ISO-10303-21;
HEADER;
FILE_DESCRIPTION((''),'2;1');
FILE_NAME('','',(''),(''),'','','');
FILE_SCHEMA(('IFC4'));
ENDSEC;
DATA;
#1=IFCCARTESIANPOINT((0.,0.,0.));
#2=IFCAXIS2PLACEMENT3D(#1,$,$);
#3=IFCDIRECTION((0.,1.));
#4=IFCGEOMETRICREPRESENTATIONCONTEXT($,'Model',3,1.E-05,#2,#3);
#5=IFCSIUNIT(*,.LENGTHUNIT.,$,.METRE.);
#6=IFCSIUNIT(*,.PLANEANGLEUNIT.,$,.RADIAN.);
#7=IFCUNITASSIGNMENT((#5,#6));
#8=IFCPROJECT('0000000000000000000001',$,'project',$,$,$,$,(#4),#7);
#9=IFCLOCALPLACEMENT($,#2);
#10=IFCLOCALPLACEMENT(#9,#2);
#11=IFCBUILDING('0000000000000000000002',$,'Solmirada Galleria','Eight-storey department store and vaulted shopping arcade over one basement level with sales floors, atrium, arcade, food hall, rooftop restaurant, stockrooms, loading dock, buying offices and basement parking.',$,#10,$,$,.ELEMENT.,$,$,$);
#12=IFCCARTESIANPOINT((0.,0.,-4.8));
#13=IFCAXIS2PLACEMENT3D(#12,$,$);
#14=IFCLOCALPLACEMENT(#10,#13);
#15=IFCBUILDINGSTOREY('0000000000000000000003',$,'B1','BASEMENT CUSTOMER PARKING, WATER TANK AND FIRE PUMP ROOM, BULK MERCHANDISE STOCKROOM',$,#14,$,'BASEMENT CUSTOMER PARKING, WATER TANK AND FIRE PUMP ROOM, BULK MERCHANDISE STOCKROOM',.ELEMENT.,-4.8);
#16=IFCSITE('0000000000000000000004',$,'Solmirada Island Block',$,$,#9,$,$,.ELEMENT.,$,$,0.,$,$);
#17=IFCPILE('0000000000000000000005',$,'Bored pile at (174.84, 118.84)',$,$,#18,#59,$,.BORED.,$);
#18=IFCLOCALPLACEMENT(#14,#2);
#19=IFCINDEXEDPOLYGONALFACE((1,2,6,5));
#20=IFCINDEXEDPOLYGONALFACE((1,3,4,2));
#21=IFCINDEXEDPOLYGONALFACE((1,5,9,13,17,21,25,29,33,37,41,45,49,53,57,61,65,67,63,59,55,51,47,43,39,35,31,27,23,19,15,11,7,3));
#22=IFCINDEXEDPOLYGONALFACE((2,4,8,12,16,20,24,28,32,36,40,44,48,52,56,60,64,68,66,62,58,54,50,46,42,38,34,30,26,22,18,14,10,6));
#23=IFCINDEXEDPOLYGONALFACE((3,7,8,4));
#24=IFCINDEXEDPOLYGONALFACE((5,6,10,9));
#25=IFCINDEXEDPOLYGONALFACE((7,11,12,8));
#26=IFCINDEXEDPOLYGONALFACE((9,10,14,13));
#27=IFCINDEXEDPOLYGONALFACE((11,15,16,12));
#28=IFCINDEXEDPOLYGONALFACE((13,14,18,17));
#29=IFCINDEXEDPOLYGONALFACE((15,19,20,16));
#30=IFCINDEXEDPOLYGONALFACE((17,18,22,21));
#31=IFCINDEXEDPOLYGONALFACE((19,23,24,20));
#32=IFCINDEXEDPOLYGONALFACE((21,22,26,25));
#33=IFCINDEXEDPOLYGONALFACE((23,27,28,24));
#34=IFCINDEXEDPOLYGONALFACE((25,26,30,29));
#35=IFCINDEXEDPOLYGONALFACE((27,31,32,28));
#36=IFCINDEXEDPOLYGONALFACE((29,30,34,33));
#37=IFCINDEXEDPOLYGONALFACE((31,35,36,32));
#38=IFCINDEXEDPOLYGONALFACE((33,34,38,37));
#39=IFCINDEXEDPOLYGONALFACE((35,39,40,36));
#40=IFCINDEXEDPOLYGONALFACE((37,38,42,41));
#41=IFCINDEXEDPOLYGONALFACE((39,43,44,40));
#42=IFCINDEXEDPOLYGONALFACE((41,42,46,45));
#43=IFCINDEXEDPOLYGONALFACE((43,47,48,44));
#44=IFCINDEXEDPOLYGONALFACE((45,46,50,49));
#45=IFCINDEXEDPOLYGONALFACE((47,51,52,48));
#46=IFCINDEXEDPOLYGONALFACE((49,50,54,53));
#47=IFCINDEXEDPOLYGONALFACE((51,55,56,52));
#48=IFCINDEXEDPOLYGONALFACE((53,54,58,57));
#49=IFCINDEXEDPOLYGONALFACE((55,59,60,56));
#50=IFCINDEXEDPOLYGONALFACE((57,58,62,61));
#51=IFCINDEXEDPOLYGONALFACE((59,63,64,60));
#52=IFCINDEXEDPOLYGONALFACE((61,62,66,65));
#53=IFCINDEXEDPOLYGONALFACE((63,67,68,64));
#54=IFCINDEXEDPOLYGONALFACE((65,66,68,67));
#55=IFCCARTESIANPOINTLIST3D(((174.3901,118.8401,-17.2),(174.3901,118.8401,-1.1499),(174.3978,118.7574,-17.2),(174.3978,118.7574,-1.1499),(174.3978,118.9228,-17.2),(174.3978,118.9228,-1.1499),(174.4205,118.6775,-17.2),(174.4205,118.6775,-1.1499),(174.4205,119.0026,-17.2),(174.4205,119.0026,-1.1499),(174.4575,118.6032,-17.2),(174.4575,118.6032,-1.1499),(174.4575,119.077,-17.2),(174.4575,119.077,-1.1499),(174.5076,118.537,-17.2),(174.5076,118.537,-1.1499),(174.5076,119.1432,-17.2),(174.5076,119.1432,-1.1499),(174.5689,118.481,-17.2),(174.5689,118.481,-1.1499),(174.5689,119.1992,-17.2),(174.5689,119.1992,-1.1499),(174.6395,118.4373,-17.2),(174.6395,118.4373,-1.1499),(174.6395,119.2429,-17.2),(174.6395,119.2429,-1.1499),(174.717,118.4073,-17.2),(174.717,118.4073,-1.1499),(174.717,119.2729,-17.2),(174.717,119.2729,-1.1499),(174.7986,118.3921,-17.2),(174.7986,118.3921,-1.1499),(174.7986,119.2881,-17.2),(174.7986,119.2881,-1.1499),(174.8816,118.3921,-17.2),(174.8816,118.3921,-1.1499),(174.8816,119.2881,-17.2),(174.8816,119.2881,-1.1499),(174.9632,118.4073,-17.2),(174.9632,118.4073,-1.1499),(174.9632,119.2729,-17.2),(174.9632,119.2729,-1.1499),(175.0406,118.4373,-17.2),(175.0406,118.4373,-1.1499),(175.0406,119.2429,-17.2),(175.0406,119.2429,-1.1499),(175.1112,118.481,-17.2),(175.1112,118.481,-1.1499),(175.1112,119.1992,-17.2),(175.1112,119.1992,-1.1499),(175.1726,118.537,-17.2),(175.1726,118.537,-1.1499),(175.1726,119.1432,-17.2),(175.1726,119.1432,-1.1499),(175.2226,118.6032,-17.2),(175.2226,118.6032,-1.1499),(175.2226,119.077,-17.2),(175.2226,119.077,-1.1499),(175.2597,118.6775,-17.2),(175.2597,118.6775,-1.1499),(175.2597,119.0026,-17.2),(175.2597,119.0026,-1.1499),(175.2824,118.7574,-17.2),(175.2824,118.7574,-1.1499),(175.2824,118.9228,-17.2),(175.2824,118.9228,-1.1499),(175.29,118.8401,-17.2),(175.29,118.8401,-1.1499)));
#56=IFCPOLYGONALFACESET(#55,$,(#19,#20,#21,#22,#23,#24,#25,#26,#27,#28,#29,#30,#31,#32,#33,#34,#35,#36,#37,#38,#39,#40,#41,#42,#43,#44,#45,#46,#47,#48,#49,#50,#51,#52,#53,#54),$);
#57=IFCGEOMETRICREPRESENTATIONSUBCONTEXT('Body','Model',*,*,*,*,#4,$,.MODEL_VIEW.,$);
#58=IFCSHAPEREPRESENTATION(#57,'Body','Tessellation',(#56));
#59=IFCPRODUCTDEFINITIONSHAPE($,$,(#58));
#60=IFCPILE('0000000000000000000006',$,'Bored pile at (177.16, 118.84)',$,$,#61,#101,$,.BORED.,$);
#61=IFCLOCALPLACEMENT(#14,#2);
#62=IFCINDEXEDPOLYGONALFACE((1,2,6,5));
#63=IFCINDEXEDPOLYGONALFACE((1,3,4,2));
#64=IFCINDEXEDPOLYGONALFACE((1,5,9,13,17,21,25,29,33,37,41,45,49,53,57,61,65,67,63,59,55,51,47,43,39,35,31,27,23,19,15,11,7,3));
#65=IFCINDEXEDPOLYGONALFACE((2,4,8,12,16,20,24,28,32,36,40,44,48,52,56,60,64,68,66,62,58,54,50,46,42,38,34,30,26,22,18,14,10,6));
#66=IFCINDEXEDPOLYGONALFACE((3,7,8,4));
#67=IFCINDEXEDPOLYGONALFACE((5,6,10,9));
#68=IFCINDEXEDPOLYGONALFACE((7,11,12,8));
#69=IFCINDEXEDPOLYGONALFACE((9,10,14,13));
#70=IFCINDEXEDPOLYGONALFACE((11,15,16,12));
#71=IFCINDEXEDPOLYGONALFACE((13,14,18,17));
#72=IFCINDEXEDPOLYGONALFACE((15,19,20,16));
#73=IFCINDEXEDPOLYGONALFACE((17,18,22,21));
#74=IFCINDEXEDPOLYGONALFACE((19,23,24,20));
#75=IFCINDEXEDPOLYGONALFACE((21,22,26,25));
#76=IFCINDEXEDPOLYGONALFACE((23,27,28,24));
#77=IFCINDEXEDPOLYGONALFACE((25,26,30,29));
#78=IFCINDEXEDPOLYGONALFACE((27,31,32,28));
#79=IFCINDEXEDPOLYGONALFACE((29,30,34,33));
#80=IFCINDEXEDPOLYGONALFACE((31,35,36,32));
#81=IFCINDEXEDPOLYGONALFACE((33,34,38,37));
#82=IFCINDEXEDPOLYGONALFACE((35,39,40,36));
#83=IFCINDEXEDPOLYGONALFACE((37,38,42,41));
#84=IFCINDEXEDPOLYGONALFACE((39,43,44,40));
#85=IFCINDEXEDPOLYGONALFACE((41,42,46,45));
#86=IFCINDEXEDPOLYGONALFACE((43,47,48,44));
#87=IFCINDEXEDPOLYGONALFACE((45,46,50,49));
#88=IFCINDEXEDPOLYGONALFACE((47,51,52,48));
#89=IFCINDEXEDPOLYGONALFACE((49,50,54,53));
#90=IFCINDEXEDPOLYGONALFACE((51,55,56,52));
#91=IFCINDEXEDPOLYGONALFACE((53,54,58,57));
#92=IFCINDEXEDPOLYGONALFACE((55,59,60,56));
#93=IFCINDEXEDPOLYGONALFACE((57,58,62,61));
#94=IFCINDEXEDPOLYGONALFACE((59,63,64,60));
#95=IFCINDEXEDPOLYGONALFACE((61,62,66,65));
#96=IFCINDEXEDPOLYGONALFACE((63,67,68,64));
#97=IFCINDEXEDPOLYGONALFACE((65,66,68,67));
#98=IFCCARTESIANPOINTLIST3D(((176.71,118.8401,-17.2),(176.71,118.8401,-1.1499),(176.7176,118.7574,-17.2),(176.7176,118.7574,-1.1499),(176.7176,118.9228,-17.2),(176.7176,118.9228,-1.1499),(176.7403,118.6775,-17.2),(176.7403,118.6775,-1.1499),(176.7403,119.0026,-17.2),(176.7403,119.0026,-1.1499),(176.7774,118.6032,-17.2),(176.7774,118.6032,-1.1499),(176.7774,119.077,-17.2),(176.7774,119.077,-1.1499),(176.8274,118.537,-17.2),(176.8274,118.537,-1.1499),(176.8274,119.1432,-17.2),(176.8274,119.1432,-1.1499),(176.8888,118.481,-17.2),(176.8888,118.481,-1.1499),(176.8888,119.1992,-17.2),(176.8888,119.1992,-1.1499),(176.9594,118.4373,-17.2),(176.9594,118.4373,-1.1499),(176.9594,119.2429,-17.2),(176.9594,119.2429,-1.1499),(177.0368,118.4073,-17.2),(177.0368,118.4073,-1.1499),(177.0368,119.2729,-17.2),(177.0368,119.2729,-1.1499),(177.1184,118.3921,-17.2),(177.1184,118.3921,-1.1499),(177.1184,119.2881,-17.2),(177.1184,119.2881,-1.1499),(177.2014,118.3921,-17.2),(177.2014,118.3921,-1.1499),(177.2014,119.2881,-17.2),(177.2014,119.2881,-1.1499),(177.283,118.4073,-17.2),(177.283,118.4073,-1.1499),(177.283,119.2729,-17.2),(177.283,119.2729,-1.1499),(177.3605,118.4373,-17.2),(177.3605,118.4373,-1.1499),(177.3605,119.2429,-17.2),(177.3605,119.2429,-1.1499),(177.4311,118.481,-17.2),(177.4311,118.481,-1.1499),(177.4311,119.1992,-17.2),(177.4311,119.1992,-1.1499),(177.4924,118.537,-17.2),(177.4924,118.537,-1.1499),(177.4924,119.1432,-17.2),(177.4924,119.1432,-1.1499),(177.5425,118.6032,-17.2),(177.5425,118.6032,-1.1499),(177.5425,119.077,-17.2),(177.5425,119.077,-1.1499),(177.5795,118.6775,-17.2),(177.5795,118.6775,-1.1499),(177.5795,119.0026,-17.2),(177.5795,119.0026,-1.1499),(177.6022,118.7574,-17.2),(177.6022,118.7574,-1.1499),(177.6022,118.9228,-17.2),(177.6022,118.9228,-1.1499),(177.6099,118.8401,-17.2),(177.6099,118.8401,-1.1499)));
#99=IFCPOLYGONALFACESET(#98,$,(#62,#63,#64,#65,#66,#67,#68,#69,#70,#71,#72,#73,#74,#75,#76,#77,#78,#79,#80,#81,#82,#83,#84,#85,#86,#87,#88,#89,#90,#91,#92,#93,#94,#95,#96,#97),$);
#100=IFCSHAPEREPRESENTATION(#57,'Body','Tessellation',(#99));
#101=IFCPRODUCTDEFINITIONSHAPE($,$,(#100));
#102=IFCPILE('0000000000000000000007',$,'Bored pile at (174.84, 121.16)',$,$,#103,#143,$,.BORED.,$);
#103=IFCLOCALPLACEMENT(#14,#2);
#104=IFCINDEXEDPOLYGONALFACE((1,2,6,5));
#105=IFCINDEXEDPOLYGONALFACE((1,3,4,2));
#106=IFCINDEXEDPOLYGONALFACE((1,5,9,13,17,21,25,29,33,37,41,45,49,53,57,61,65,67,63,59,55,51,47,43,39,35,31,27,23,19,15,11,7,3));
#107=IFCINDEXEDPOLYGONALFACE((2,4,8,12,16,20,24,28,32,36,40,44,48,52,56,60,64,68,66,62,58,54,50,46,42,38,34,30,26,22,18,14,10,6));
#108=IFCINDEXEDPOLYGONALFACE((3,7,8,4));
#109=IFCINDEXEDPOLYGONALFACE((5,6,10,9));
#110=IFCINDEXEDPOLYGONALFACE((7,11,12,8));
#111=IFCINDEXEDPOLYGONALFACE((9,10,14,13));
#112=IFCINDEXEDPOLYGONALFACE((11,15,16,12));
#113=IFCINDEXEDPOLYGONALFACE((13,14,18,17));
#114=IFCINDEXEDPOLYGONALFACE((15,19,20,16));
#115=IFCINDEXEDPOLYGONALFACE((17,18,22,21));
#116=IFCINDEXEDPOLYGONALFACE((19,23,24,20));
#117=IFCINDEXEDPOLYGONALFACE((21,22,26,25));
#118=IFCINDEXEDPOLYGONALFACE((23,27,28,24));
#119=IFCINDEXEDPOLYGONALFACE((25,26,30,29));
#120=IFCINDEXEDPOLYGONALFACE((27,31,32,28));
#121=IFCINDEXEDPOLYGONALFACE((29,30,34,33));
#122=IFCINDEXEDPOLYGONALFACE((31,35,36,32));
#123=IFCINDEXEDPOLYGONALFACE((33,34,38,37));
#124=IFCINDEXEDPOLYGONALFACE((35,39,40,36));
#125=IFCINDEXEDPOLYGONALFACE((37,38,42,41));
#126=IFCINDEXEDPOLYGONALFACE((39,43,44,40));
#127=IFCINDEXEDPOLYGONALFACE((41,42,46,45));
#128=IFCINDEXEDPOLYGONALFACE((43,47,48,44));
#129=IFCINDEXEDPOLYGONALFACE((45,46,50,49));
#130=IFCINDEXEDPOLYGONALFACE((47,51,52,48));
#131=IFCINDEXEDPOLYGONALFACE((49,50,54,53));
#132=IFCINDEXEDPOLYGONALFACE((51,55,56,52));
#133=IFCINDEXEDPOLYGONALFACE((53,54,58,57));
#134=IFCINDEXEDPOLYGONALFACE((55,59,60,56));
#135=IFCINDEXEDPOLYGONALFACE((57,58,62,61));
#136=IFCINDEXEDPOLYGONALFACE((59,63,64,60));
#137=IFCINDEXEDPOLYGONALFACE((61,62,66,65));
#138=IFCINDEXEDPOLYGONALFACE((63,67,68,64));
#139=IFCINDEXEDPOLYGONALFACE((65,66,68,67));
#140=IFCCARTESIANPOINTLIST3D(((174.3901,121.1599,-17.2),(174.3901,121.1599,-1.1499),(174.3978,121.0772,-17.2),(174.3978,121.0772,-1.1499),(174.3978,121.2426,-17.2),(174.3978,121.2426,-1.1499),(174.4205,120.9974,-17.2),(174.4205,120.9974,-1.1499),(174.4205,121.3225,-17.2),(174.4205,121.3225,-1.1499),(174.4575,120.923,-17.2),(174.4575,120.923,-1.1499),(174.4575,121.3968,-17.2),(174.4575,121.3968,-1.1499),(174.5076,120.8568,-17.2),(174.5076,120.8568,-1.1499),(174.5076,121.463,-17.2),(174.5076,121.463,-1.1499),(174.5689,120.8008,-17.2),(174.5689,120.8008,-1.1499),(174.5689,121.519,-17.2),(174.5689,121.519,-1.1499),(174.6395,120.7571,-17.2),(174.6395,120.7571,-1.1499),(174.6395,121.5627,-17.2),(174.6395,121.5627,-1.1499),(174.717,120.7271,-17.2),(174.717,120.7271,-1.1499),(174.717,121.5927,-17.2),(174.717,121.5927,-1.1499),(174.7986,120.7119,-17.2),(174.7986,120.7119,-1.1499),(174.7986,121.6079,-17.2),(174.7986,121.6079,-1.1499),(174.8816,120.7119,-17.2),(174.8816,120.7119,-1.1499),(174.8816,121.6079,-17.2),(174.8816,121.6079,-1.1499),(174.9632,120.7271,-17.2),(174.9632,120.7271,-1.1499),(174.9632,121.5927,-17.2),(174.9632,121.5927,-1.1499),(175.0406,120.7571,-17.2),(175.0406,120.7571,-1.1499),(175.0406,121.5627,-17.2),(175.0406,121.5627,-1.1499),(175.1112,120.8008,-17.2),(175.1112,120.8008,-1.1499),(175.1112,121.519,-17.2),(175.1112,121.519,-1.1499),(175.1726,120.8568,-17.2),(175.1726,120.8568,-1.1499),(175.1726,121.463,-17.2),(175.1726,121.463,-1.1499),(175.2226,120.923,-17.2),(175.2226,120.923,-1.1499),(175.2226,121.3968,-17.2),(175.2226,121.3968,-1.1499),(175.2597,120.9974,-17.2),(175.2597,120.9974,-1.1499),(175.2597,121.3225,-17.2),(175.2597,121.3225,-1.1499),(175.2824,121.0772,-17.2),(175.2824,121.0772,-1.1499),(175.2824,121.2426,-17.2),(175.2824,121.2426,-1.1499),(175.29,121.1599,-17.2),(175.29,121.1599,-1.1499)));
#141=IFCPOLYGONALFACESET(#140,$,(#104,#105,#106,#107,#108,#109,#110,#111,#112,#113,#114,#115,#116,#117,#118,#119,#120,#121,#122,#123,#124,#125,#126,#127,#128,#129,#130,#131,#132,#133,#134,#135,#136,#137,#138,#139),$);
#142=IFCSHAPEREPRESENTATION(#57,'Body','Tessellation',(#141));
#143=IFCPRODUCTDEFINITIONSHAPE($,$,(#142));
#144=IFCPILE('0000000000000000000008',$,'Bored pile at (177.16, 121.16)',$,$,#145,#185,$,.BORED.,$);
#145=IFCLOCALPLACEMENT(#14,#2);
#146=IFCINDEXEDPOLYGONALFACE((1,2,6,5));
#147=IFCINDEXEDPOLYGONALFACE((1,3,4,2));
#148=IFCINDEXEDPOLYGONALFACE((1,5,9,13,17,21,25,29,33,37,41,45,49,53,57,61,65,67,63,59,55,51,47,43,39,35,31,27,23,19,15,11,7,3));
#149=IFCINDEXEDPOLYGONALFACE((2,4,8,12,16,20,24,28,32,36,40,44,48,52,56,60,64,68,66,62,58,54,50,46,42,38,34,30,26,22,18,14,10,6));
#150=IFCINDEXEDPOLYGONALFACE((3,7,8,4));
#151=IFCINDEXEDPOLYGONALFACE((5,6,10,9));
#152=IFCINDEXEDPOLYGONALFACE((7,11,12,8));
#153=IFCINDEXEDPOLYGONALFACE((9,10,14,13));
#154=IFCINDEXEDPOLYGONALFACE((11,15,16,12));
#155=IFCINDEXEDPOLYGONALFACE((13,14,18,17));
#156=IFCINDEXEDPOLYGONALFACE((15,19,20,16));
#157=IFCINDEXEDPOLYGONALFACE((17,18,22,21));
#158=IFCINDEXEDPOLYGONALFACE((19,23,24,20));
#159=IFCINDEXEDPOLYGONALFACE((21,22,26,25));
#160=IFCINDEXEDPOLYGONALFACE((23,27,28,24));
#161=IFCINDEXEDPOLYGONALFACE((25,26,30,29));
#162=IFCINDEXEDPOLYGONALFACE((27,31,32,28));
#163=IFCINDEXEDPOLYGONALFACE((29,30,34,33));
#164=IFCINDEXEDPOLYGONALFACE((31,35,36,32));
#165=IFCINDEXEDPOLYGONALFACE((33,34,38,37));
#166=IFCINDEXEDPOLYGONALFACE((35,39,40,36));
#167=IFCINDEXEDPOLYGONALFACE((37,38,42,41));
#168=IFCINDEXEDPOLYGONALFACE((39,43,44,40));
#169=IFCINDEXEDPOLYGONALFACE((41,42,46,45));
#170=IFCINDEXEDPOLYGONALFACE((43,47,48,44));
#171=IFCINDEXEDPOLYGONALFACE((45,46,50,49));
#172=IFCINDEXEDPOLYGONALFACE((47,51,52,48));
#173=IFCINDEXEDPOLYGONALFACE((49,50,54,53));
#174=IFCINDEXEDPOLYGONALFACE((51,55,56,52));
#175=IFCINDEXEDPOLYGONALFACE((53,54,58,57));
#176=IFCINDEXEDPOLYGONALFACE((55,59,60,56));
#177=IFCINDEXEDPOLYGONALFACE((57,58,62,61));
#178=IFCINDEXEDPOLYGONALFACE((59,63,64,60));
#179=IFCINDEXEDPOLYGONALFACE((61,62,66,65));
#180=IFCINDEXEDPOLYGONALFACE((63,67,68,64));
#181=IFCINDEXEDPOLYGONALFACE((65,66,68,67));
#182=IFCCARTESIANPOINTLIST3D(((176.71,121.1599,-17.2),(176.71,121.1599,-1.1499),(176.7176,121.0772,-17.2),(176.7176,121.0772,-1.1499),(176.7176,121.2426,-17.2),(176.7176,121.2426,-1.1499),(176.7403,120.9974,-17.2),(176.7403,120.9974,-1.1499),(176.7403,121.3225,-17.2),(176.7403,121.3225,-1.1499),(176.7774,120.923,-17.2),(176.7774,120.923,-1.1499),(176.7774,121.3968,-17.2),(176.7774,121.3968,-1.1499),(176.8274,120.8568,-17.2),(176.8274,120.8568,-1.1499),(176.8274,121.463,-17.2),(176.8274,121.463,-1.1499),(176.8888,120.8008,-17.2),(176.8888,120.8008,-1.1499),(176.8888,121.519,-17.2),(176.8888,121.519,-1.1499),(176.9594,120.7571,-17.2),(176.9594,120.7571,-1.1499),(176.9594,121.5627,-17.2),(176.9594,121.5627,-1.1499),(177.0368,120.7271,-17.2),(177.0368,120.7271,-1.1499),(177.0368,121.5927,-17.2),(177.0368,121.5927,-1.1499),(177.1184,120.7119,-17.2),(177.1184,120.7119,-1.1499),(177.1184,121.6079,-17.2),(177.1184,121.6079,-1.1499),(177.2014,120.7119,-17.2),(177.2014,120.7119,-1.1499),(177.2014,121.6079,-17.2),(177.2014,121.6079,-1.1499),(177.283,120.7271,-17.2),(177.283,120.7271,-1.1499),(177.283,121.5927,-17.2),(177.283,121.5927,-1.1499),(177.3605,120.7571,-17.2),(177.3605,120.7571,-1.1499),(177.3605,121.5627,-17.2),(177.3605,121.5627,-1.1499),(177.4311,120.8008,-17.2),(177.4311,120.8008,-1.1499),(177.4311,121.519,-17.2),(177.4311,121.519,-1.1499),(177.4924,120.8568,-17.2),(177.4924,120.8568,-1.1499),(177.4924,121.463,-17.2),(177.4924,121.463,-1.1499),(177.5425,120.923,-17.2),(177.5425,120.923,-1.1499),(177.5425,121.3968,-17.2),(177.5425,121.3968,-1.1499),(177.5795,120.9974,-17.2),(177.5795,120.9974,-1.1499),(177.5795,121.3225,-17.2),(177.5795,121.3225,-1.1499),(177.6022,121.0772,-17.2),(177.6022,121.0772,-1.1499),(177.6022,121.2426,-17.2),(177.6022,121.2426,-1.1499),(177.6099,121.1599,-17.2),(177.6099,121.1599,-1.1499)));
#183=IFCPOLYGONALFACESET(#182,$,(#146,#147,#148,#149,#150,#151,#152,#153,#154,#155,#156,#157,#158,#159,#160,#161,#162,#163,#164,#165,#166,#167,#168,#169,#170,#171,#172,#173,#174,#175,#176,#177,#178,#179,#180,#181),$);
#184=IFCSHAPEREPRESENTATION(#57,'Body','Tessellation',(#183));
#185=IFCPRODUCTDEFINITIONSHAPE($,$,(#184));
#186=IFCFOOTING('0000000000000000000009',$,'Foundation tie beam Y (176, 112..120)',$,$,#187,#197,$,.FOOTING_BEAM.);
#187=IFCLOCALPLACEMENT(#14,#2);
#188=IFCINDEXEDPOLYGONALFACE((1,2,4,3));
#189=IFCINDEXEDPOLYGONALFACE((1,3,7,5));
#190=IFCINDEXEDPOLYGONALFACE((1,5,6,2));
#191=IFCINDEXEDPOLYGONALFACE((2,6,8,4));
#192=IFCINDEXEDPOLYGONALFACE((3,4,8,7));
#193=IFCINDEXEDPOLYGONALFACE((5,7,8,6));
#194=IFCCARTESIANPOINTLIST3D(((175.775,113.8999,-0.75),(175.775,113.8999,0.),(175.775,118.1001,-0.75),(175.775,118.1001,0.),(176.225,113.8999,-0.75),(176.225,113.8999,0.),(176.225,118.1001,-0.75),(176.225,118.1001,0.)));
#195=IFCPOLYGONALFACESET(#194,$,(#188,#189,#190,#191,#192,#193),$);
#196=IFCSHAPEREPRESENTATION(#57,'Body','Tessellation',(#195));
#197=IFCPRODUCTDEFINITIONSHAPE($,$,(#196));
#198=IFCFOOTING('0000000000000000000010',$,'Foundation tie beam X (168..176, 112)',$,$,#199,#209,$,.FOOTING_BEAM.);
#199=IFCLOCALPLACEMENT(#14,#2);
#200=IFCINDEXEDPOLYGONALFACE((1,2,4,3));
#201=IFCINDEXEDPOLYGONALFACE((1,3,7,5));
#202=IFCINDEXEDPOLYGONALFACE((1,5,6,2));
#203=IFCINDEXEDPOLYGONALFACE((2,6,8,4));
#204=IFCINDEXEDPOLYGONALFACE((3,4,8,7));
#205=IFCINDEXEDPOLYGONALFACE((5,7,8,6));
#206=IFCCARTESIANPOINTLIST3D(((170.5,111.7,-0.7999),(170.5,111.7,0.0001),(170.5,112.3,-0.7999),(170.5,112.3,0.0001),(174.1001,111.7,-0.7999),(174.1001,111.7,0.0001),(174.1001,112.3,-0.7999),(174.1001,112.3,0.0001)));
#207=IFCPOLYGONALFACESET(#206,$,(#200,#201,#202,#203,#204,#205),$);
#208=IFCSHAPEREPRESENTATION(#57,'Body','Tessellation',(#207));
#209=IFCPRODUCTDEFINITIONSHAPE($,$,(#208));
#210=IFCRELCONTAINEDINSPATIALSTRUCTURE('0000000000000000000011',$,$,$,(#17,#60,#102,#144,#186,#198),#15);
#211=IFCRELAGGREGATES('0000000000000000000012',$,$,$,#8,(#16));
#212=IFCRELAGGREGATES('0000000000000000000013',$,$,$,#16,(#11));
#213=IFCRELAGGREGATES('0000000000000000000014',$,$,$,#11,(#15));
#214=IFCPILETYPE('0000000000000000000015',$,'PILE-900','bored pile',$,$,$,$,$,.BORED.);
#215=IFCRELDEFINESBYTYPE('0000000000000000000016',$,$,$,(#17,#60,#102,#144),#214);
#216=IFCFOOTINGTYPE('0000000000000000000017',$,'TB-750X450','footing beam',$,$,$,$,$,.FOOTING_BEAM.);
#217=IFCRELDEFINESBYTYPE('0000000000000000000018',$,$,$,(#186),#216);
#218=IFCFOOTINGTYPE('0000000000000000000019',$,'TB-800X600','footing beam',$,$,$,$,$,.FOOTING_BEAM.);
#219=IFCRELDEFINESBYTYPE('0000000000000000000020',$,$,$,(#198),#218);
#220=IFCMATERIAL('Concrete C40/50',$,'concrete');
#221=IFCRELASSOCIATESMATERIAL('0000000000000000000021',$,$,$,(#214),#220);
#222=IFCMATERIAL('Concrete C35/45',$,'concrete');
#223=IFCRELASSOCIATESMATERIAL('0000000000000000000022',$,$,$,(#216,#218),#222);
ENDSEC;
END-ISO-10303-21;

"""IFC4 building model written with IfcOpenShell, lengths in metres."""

from ifc_helpers import new_model, si_unit, direction, frame, origin, origin_2d, place, context, subcontext, project, spatial, rectangle, circle, extrude, material, material_profile, profile_set, type_object, element, save


model = new_model("IFC4")

# Units and contexts
model_context = context("Model", 3, precision=1e-05, world=origin(), true_north=direction((0.0, 1.0)))
body_context = subcontext(model_context, "Body", "Model", "MODEL_VIEW")
ifc_project = project(units=[si_unit("LENGTHUNIT", "METRE"), si_unit("PLANEANGLEUNIT", "RADIAN")], contexts=[model_context])

# Site, building, storey
site_placement = place(None, origin())
site = spatial("IfcSite", under=ifc_project, at=site_placement, Name="Solmirada Island Block", CompositionType="ELEMENT", RefElevation=0.0)
building_placement = place(site_placement, origin())
building = spatial("IfcBuilding", under=site, at=building_placement, Name="Solmirada Galleria", Description="Eight-storey department store and vaulted shopping arcade over one basement level with sales floors, atrium, arcade, food hall, rooftop restaurant, stockrooms, loading dock, buying offices and basement parking.", CompositionType="ELEMENT")
storey_placement = place(building_placement, frame((0.0, 0.0, -4.8)))
storey = spatial("IfcBuildingStorey", under=building, at=storey_placement, Name="B1", Description="BASEMENT CUSTOMER PARKING, WATER TANK AND FIRE PUMP ROOM, BULK MERCHANDISE STOCKROOM", LongName="BASEMENT CUSTOMER PARKING, WATER TANK AND FIRE PUMP ROOM, BULK MERCHANDISE STOCKROOM", CompositionType="ELEMENT", Elevation=-4.8)

# Shared definitions
ifc_material_1 = material(Name="Concrete C35/45", Category="concrete")

# Piles
ifc_material_2 = material(Name="Concrete C40/50", Category="concrete")
ifc_material_profile_1 = material_profile(ifc_material_2, circle(Radius=0.45, at=origin_2d()), Name="PILE900")
ifc_profile_set_1 = profile_set([ifc_material_profile_1], Name="Concrete C40/50")
pile_type = type_object("IfcPileType", Name="PILE-900", Description="bored pile", PredefinedType="BORED", material=ifc_profile_set_1)
for number, where, z_axis, x_axis, name in (
    (1, (174.8401, 118.8401, -1.1499), (0.0, 0.0, -1.0), (1.0, 0.0, 0.0), "Bored pile at (174.84, 118.84)"),
    (2, (177.1599, 118.8401, -1.1499), (0.0, 0.0, -1.0), (1.0, 0.0, 0.0), "Bored pile at (177.16, 118.84)"),
    (3, (174.8401, 121.1599, -1.1499), (0.0, 0.0, -1.0), (1.0, 0.0, 0.0), "Bored pile at (174.84, 121.16)"),
    (4, (177.1599, 121.1599, -1.1499), (0.0, 0.0, -1.0), (1.0, 0.0, 0.0), "Bored pile at (177.16, 121.16)"),
):
    element("IfcPile", number, at=place(storey_placement, frame(where, z_axis=z_axis, x_axis=x_axis)), inside=storey, type_object=pile_type, Name=name, PredefinedType="BORED", context=body_context, shape_type="SweptSolid", body=[
        extrude(circle(Radius=0.45, at=origin_2d()), origin(), (0.0, 0.0, 1.0), 16.05),
    ])

# Footings
ifc_material_profile_2 = material_profile(ifc_material_1, rectangle(XDim=0.45, YDim=0.75, at=origin_2d()), Name="RC750X450")
ifc_profile_set_2 = profile_set([ifc_material_profile_2], Name="Concrete C35/45")
footing_type_1 = type_object("IfcFootingType", Name="TB-750X450", Description="footing beam", PredefinedType="FOOTING_BEAM", material=ifc_profile_set_2)
footing_1_placement = place(storey_placement, frame((176.0, 113.8999, -0.375), z_axis=(0.0, 1.0, 0.0), x_axis=(-1.0, 0.0, 0.0)))
element("IfcFooting", 5, at=footing_1_placement, inside=storey, type_object=footing_type_1, Name="Foundation tie beam Y (176, 112..120)", PredefinedType="FOOTING_BEAM", context=body_context, shape_type="SweptSolid", body=[
    extrude(rectangle(XDim=0.45, YDim=0.75, at=origin_2d()), origin(), (0.0, 0.0, 1.0), 4.2002),
])
ifc_material_profile_3 = material_profile(ifc_material_1, rectangle(XDim=0.6001, YDim=0.8, at=origin_2d()), Name="RC800X600")
ifc_profile_set_3 = profile_set([ifc_material_profile_3], Name="Concrete C35/45")
footing_type_2 = type_object("IfcFootingType", Name="TB-800X600", Description="footing beam", PredefinedType="FOOTING_BEAM", material=ifc_profile_set_3)
footing_2_placement = place(storey_placement, frame((170.5, 112.0, -0.3999), z_axis=(1.0, 0.0, 0.0), x_axis=(0.0, 1.0, 0.0)))
element("IfcFooting", 6, at=footing_2_placement, inside=storey, type_object=footing_type_2, Name="Foundation tie beam X (168..176, 112)", PredefinedType="FOOTING_BEAM", context=body_context, shape_type="SweptSolid", body=[
    extrude(rectangle(XDim=0.6001, YDim=0.8, at=origin_2d()), origin(), (0.0, 0.0, 1.0), 3.6001),
])

save(model, "model.ifc")
